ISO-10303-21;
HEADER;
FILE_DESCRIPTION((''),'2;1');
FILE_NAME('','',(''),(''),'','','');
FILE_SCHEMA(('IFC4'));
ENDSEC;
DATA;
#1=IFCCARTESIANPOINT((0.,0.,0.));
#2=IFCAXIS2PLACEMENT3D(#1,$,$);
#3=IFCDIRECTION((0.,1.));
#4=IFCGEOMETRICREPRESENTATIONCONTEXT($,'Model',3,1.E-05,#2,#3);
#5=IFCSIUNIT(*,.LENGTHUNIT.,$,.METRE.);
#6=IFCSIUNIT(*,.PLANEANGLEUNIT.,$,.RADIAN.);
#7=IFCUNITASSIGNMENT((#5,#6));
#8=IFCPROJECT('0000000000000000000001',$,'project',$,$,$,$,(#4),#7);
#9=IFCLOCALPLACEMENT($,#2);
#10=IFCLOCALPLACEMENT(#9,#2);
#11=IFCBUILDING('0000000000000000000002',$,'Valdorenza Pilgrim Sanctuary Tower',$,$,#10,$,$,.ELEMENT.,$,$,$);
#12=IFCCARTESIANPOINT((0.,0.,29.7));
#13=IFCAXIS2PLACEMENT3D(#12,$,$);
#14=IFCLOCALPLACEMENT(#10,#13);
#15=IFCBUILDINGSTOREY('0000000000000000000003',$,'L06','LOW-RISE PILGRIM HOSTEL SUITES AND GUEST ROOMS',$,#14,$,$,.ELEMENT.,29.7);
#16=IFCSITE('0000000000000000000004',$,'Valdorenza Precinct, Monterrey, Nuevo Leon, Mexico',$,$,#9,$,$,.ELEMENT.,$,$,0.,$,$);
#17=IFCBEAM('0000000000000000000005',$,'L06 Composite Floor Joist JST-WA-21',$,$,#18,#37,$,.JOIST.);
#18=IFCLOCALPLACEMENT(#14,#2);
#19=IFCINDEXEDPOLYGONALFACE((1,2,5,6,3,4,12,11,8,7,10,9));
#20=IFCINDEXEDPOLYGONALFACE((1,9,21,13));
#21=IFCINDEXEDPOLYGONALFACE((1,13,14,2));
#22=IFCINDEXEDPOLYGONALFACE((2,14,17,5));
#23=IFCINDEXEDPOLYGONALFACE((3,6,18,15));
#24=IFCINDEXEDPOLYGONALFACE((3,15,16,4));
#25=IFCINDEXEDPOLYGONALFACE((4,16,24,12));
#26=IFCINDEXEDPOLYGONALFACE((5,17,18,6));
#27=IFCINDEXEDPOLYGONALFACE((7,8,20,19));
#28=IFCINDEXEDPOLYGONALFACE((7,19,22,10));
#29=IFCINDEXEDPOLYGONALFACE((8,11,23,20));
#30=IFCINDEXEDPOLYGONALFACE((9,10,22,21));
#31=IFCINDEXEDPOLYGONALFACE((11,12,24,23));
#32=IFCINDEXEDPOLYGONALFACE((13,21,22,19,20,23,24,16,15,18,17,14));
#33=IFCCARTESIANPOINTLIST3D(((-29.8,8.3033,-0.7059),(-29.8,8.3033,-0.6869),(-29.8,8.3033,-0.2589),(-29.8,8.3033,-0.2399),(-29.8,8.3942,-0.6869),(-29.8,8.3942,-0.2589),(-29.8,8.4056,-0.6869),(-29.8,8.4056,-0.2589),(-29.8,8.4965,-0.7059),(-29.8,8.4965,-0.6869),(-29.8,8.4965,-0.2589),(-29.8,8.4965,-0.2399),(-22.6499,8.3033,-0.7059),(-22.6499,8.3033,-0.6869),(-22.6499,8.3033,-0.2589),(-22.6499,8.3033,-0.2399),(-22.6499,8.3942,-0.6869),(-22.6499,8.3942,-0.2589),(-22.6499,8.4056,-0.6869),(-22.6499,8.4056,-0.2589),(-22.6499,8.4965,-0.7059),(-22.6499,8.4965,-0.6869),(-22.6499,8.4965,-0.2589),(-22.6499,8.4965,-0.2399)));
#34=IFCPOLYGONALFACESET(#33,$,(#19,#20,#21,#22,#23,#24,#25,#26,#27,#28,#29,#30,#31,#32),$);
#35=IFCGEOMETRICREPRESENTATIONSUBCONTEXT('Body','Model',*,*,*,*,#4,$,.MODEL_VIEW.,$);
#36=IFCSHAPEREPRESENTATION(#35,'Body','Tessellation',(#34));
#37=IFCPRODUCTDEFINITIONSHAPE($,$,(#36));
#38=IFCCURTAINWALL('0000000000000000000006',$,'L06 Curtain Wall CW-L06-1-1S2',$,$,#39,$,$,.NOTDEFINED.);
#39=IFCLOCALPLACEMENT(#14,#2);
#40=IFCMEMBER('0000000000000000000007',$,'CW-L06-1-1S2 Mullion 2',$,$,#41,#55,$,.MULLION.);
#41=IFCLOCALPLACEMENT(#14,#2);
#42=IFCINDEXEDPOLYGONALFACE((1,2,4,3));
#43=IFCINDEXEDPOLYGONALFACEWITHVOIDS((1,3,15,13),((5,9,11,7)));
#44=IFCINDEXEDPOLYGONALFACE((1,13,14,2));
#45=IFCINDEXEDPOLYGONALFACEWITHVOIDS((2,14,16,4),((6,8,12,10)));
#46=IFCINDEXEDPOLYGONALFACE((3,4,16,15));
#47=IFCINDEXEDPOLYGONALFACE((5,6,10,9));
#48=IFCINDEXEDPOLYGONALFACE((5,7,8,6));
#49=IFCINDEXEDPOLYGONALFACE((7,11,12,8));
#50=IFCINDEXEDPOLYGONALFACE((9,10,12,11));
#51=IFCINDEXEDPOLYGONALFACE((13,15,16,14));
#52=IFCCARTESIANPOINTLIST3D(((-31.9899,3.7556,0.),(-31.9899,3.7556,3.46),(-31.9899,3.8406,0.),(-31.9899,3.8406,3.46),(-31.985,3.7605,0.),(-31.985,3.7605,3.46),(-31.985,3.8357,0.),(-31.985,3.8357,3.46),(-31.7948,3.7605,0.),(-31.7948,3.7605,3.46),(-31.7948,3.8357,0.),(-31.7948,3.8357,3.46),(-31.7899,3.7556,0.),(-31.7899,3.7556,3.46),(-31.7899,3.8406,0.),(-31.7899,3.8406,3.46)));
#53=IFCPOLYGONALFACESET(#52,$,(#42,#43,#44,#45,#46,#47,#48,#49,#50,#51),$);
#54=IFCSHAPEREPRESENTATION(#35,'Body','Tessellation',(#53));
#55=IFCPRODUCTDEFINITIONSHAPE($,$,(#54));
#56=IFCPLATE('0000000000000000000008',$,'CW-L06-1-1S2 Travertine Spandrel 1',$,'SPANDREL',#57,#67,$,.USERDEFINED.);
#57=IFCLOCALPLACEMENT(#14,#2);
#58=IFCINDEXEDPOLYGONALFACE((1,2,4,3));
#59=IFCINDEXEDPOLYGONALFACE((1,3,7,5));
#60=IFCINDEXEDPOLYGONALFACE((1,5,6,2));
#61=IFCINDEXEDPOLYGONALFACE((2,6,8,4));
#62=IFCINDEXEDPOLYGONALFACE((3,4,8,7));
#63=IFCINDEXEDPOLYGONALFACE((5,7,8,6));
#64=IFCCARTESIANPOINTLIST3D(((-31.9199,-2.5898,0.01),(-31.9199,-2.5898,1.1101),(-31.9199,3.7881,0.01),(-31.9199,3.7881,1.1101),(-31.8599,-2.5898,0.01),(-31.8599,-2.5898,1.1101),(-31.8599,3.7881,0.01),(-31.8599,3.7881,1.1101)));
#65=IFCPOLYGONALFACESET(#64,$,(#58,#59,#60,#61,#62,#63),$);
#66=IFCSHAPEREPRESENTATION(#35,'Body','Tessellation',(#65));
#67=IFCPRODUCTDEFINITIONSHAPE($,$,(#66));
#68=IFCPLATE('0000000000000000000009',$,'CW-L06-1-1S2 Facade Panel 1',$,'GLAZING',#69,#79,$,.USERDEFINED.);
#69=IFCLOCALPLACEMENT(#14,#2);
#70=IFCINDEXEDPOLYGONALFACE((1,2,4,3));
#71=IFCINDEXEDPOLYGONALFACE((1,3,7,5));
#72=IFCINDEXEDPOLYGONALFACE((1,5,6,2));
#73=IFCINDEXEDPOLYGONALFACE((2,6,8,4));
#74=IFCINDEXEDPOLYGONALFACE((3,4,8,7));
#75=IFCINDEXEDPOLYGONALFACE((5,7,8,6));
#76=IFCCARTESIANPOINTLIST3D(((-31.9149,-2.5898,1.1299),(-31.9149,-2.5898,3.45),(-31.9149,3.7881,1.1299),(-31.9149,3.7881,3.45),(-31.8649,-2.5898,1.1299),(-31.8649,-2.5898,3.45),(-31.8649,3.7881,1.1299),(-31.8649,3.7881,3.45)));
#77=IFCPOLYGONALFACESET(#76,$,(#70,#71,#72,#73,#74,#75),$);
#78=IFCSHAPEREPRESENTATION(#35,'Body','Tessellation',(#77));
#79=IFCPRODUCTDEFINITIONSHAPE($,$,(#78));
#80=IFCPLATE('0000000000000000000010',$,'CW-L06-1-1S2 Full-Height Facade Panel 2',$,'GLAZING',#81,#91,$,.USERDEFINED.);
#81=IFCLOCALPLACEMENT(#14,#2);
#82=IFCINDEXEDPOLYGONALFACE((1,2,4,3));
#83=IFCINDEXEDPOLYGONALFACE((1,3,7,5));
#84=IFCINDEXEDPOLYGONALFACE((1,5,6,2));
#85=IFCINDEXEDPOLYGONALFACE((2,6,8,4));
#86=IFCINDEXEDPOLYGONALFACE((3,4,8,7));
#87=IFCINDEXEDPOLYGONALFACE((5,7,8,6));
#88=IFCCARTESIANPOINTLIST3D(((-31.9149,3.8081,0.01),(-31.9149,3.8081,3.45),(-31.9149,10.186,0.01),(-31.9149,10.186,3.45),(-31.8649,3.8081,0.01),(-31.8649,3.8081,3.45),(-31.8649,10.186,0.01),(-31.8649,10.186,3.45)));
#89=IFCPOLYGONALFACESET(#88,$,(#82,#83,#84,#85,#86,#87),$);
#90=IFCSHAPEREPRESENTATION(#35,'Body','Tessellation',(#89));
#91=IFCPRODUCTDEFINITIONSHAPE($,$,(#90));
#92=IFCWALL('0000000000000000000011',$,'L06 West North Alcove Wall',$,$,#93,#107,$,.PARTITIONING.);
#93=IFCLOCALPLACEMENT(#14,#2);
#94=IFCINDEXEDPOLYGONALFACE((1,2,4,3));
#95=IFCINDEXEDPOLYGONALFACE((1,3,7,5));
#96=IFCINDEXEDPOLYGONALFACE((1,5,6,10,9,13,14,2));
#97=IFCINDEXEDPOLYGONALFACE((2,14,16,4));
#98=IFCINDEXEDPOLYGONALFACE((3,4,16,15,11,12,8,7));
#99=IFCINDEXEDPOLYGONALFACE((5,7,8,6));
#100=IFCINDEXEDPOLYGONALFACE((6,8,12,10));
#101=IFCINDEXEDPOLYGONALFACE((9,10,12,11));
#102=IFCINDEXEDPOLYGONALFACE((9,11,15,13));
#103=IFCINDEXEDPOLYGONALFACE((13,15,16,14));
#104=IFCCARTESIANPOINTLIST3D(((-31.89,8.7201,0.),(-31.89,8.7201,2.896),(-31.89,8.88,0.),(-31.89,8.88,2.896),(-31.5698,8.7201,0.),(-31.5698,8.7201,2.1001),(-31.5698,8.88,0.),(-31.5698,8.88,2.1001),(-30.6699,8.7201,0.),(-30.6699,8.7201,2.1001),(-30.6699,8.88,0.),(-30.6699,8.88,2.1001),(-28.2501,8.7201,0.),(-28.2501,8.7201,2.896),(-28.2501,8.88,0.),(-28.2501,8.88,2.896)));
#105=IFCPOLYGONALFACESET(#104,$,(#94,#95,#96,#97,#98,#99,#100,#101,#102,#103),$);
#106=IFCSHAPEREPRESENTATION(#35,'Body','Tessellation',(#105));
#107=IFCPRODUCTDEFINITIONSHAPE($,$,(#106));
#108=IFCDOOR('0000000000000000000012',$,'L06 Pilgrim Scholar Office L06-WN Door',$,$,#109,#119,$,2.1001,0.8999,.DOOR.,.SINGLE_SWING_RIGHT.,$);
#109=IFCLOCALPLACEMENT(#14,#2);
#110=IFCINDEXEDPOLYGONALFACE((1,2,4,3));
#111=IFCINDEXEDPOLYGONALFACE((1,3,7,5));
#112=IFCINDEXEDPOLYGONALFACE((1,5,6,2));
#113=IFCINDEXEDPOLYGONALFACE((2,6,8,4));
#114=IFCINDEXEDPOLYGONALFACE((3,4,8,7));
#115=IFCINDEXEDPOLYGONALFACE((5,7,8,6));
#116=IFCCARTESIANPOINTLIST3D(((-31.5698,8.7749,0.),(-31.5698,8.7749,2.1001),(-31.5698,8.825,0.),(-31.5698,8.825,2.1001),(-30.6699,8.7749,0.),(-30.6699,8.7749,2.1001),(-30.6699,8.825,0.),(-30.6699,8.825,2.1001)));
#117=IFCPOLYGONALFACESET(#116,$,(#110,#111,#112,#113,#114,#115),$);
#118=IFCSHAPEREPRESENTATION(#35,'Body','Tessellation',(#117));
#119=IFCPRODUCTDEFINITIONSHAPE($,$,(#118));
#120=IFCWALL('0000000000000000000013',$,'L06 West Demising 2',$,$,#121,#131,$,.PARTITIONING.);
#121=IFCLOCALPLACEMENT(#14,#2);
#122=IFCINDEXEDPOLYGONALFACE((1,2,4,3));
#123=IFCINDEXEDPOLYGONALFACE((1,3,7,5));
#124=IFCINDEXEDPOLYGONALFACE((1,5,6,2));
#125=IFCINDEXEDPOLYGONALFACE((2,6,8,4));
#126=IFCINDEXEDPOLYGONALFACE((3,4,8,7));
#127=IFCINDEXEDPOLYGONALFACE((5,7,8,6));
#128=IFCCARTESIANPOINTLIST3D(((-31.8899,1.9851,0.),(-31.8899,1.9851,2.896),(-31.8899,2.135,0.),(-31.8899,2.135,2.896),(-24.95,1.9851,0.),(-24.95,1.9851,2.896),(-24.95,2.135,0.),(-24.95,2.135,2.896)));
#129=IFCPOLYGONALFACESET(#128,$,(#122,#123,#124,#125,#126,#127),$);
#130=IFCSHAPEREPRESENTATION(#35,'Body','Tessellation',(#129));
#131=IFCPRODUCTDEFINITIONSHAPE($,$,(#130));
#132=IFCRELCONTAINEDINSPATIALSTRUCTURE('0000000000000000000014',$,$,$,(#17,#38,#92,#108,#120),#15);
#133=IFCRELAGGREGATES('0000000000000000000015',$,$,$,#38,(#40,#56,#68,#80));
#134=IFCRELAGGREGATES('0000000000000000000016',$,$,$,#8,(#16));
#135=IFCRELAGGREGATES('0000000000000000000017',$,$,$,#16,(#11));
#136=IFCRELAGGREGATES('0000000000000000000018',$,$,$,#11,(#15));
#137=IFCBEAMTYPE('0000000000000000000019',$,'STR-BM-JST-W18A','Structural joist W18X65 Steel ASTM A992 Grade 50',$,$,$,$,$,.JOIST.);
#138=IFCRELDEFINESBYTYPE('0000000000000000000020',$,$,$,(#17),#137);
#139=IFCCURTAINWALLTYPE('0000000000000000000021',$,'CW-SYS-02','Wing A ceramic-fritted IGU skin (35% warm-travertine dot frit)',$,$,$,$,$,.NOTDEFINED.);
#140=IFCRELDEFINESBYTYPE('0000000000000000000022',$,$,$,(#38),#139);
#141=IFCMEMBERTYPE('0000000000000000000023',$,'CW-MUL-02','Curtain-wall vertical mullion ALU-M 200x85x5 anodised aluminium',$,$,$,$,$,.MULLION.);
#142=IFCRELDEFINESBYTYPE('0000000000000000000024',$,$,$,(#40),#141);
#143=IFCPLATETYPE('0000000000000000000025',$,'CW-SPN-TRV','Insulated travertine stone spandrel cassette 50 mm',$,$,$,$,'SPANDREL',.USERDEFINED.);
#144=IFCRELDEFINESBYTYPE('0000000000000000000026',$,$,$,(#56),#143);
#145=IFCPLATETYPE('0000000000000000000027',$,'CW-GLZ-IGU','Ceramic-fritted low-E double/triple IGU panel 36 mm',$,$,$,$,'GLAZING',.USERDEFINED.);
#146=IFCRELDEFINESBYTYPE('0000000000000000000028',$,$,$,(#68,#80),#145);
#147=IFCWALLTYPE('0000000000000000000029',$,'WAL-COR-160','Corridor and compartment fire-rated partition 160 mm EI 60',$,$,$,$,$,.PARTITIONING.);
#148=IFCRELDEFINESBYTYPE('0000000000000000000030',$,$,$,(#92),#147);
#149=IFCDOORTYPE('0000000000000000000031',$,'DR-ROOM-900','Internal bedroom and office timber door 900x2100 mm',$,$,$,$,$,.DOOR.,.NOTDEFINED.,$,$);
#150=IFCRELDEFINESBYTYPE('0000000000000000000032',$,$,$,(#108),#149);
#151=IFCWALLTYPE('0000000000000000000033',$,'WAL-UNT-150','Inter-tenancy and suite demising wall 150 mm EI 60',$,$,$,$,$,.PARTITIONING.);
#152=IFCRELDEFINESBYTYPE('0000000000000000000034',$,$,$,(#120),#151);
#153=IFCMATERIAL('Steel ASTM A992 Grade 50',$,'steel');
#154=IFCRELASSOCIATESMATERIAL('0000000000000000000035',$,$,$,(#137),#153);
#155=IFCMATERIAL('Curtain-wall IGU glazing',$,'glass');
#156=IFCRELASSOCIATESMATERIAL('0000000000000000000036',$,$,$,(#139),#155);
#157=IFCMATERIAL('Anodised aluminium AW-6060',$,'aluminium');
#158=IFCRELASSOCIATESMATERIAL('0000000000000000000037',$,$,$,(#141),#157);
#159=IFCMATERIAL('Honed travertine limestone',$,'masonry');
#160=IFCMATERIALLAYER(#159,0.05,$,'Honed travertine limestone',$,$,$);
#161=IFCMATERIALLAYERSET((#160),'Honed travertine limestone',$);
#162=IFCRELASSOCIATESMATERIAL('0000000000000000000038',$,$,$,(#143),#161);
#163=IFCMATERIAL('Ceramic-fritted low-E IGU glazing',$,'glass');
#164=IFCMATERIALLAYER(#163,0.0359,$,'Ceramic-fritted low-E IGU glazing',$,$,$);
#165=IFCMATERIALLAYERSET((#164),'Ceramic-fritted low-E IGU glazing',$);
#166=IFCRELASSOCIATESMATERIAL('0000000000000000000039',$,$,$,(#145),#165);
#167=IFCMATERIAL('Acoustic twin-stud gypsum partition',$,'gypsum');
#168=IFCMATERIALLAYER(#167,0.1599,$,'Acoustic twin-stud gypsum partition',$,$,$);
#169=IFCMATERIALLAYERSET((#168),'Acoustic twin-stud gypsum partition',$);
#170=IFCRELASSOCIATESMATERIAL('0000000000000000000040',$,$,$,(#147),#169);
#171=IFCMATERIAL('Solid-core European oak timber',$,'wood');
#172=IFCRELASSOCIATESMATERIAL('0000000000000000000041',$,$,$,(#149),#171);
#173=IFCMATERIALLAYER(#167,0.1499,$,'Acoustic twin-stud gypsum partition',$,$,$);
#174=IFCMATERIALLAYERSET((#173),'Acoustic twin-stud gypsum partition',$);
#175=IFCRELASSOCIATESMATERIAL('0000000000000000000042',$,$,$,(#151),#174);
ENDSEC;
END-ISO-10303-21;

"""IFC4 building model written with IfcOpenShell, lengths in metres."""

from ifc_helpers import new_model, si_unit, direction, frame, frame_2d, origin, origin_2d, place, context, subcontext, project, spatial, rectangle, hollow_rectangle, i_section, extrude, source, transform, mapped, material, layer, layer_set, material_profile, profile_set, type_object, element, fill, aggregate, save


model = new_model("IFC4")

# Units and contexts
model_context = context("Model", 3, precision=1e-05, world=origin(), true_north=direction((0.0, 1.0)))
body_context = subcontext(model_context, "Body", "Model", "MODEL_VIEW")
ifc_project = project(units=[si_unit("LENGTHUNIT", "METRE"), si_unit("PLANEANGLEUNIT", "RADIAN")], contexts=[model_context])

# Site, building, storey
site_placement = place(None, origin())
site = spatial("IfcSite", under=ifc_project, at=site_placement, Name="Valdorenza Precinct, Monterrey, Nuevo Leon, Mexico", CompositionType="ELEMENT", RefElevation=0.0)
building_placement = place(site_placement, origin())
building = spatial("IfcBuilding", under=site, at=building_placement, Name="Valdorenza Pilgrim Sanctuary Tower", CompositionType="ELEMENT")
storey_placement = place(building_placement, frame((0.0, 0.0, 29.7)))
storey = spatial("IfcBuildingStorey", under=building, at=storey_placement, Name="L06", Description="LOW-RISE PILGRIM HOSTEL SUITES AND GUEST ROOMS", CompositionType="ELEMENT", Elevation=29.7)

# Beam
ifc_material_1 = material(Name="Steel ASTM A992 Grade 50", Category="steel")
ifc_material_profile_1 = material_profile(ifc_material_1, i_section(OverallWidth=0.1931, OverallDepth=0.4661, WebThickness=0.0115, FlangeThickness=0.019, at=origin_2d()), Name="W18X65")
ifc_profile_set_1 = profile_set([ifc_material_profile_1], Name="Steel ASTM A992 Grade 50")
beam_type = type_object("IfcBeamType", Name="STR-BM-JST-W18A", Description="Structural joist W18X65 Steel ASTM A992 Grade 50", PredefinedType="JOIST", material=ifc_profile_set_1)
shared_shape_1 = source(origin(), body_context, "Body", "SweptSolid", [
    extrude(i_section(OverallWidth=0.1931, OverallDepth=0.4661, WebThickness=0.0115, FlangeThickness=0.019, at=origin_2d()), origin(), (0.0, 0.0, 1.0), 7.1501),
])
for number, where, z_axis, x_axis, name in (
    (1, (-29.8, 8.3999, -0.4729), (1.0, 0.0, 0.0), (0.0, 1.0, 0.0), "L06 Composite Floor Joist JST-WA-21"),
):
    element("IfcBeam", number, at=place(storey_placement, frame(where, z_axis=z_axis, x_axis=x_axis)), inside=storey, type_object=beam_type, Name=name, PredefinedType="JOIST", context=body_context, shape_type="MappedRepresentation", body=[
        mapped(shared_shape_1, transform((0.0, 0.0, 0.0), x_axis=(1.0, 0.0, 0.0), y_axis=(0.0, 1.0, 0.0), z_axis=(0.0, 0.0, 1.0), scale=1.0)),
    ])

# Curtain wall, member, plates
ifc_material_2 = material(Name="Curtain-wall IGU glazing", Category="glass")
curtain_wall_type = type_object("IfcCurtainWallType", Name="CW-SYS-02", Description="Wing A ceramic-fritted IGU skin (35% warm-travertine dot frit)", PredefinedType="NOTDEFINED", material=ifc_material_2)
curtain_wall_placement = place(storey_placement, origin())
curtain_wall = element("IfcCurtainWall", 2, at=curtain_wall_placement, inside=storey, type_object=curtain_wall_type, Name="L06 Curtain Wall CW-L06-1-1S2", PredefinedType="NOTDEFINED")
ifc_material_3 = material(Name="Anodised aluminium AW-6060", Category="aluminium")
ifc_material_profile_2 = material_profile(ifc_material_3, hollow_rectangle(XDim=0.085, YDim=0.2, WallThickness=0.0049, at=origin_2d()), Name="ALU-M 200x85x5")
ifc_profile_set_2 = profile_set([ifc_material_profile_2], Name="Anodised aluminium AW-6060")
member_type = type_object("IfcMemberType", Name="CW-MUL-02", Description="Curtain-wall vertical mullion ALU-M 200x85x5 anodised aluminium", PredefinedType="MULLION", material=ifc_profile_set_2)
shared_shape_2 = source(origin(), body_context, "Body", "SweptSolid", [
    extrude(hollow_rectangle(XDim=0.085, YDim=0.2, WallThickness=0.0049, at=origin_2d()), origin(), (0.0, 0.0, 1.0), 3.46),
])
member_placement = place(storey_placement, frame((-31.8899, 3.7981, 0.0), z_axis=(0.0, 0.0, 1.0), x_axis=(0.0, 1.0, 0.0)))
member = element("IfcMember", 3, at=member_placement, type_object=member_type, Name="CW-L06-1-1S2 Mullion 2", PredefinedType="MULLION", context=body_context, shape_type="MappedRepresentation", body=[
    mapped(shared_shape_2, transform((0.0, 0.0, 0.0), x_axis=(1.0, 0.0, 0.0), y_axis=(0.0, 1.0, 0.0), z_axis=(0.0, 0.0, 1.0), scale=1.0)),
])
ifc_material_4 = material(Name="Honed travertine limestone", Category="masonry")
ifc_layer_1 = layer(ifc_material_4, 0.05, Name="Honed travertine limestone")
ifc_layer_set_1 = layer_set([ifc_layer_1], Name="Honed travertine limestone")
plate_type_1 = type_object("IfcPlateType", Name="CW-SPN-TRV", Description="Insulated travertine stone spandrel cassette 50 mm", ElementType="SPANDREL", PredefinedType="USERDEFINED", material=ifc_layer_set_1)
shared_shape_3 = source(origin(), body_context, "Body", "SweptSolid", [
    extrude(rectangle(XDim=6.3779, YDim=0.0601, at=origin_2d()), origin(), (0.0, 0.0, 1.0), 1.1001),
])
plate_1_placement = place(storey_placement, frame((-31.8899, 0.5991, 0.01), z_axis=(0.0, 0.0, 1.0), x_axis=(0.0, 1.0, 0.0)))
plate_1 = element("IfcPlate", 4, at=plate_1_placement, type_object=plate_type_1, Name="CW-L06-1-1S2 Travertine Spandrel 1", ObjectType="SPANDREL", PredefinedType="USERDEFINED", context=body_context, shape_type="MappedRepresentation", body=[
    mapped(shared_shape_3, transform((0.0, 0.0, 0.0), x_axis=(1.0, 0.0, 0.0), y_axis=(0.0, 1.0, 0.0), z_axis=(0.0, 0.0, 1.0), scale=1.0)),
])
ifc_material_5 = material(Name="Ceramic-fritted low-E IGU glazing", Category="glass")
ifc_layer_2 = layer(ifc_material_5, 0.0359, Name="Ceramic-fritted low-E IGU glazing")
ifc_layer_set_2 = layer_set([ifc_layer_2], Name="Ceramic-fritted low-E IGU glazing")
plate_type_2 = type_object("IfcPlateType", Name="CW-GLZ-IGU", Description="Ceramic-fritted low-E double/triple IGU panel 36 mm", ElementType="GLAZING", PredefinedType="USERDEFINED", material=ifc_layer_set_2)
shared_shape_4 = source(origin(), body_context, "Body", "SweptSolid", [
    extrude(rectangle(XDim=6.3779, YDim=0.05, at=origin_2d()), origin(), (0.0, 0.0, 1.0), 2.3201),
])
plate_2_placement = place(storey_placement, frame((-31.8899, 0.5991, 1.1299), z_axis=(0.0, 0.0, 1.0), x_axis=(0.0, 1.0, 0.0)))
plate_2 = element("IfcPlate", 5, at=plate_2_placement, type_object=plate_type_2, Name="CW-L06-1-1S2 Facade Panel 1", ObjectType="GLAZING", PredefinedType="USERDEFINED", context=body_context, shape_type="MappedRepresentation", body=[
    mapped(shared_shape_4, transform((0.0, 0.0, 0.0), x_axis=(1.0, 0.0, 0.0), y_axis=(0.0, 1.0, 0.0), z_axis=(0.0, 0.0, 1.0), scale=1.0)),
])
shared_shape_5 = source(origin(), body_context, "Body", "SweptSolid", [
    extrude(rectangle(XDim=6.3779, YDim=0.05, at=origin_2d()), origin(), (0.0, 0.0, 1.0), 3.4399),
])
plate_3_placement = place(storey_placement, frame((-31.8899, 6.9971, 0.01), z_axis=(0.0, 0.0, 1.0), x_axis=(0.0, 1.0, 0.0)))
plate_3 = element("IfcPlate", 6, at=plate_3_placement, type_object=plate_type_2, Name="CW-L06-1-1S2 Full-Height Facade Panel 2", ObjectType="GLAZING", PredefinedType="USERDEFINED", context=body_context, shape_type="MappedRepresentation", body=[
    mapped(shared_shape_5, transform((0.0, 0.0, 0.0), x_axis=(1.0, 0.0, 0.0), y_axis=(0.0, 1.0, 0.0), z_axis=(0.0, 0.0, 1.0), scale=1.0)),
])
aggregate(curtain_wall, [member, plate_1, plate_2, plate_3])

# Wall, opening, door
ifc_material_6 = material(Name="Acoustic twin-stud gypsum partition", Category="gypsum")
ifc_layer_3 = layer(ifc_material_6, 0.1599, Name="Acoustic twin-stud gypsum partition")
ifc_layer_set_3 = layer_set([ifc_layer_3], Name="Acoustic twin-stud gypsum partition")
wall_type_1 = type_object("IfcWallType", Name="WAL-COR-160", Description="Corridor and compartment fire-rated partition 160 mm EI 60", PredefinedType="PARTITIONING", material=ifc_layer_set_3)
wall_1_placement = place(storey_placement, frame((-31.8899, 8.8, 0.0), z_axis=(0.0, 0.0, 1.0), x_axis=(1.0, 0.0, 0.0)))
wall_1 = element("IfcWall", 7, at=wall_1_placement, inside=storey, type_object=wall_type_1, Name="L06 West North Alcove Wall", PredefinedType="PARTITIONING", context=body_context, shape_type="SweptSolid", body=[
    extrude(rectangle(XDim=3.6399, YDim=0.1599, at=frame_2d((1.8198, 0.0))), origin(), (0.0, 0.0, 1.0), 2.896),
])
opening_placement = place(wall_1_placement, frame((0.3201, 0.0, 0.0)))
opening = element("IfcOpeningElement", 8, at=opening_placement, cuts=wall_1, PredefinedType="OPENING", context=body_context, shape_type="SweptSolid", body=[
    extrude(rectangle(XDim=0.8999, YDim=2.1001, at=frame_2d((0.45, 1.05))), frame((0.0, 0.0947, 0.0), z_axis=(0.0, -1.0, 0.0), x_axis=(1.0, 0.0, 0.0)), (0.0, 0.0, 1.0), 0.1897),
])
ifc_material_7 = material(Name="Solid-core European oak timber", Category="wood")
door_type = type_object("IfcDoorType", Name="DR-ROOM-900", Description="Internal bedroom and office timber door 900x2100 mm", OperationType="NOTDEFINED", PredefinedType="DOOR", material=ifc_material_7)
door_placement = place(opening_placement, origin())
door = element("IfcDoor", 9, at=door_placement, inside=storey, type_object=door_type, Name="L06 Pilgrim Scholar Office L06-WN Door", OperationType="SINGLE_SWING_RIGHT", OverallHeight=2.1001, OverallWidth=0.8999, PredefinedType="DOOR", context=body_context, shape_type="SweptSolid", body=[
    extrude(rectangle(XDim=0.8999, YDim=2.1001, at=frame_2d((0.45, 1.05))), frame((0.0, 0.0249, 0.0), z_axis=(0.0, -1.0, 0.0), x_axis=(1.0, 0.0, 0.0)), (0.0, 0.0, 1.0), 0.05),
])
fill(opening, door)

# Wall
ifc_layer_4 = layer(ifc_material_6, 0.1499, Name="Acoustic twin-stud gypsum partition")
ifc_layer_set_4 = layer_set([ifc_layer_4], Name="Acoustic twin-stud gypsum partition")
wall_type_2 = type_object("IfcWallType", Name="WAL-UNT-150", Description="Inter-tenancy and suite demising wall 150 mm EI 60", PredefinedType="PARTITIONING", material=ifc_layer_set_4)
wall_2_placement = place(storey_placement, frame((-31.8899, 2.0601, 0.0), z_axis=(0.0, 0.0, 1.0), x_axis=(1.0, 0.0, 0.0)))
element("IfcWall", 10, at=wall_2_placement, inside=storey, type_object=wall_type_2, Name="L06 West Demising 2", PredefinedType="PARTITIONING", context=body_context, shape_type="SweptSolid", body=[
    extrude(rectangle(XDim=6.9399, YDim=0.1499, at=frame_2d((3.47, 0.0))), origin(), (0.0, 0.0, 1.0), 2.896),
])

save(model, "model.ifc")
